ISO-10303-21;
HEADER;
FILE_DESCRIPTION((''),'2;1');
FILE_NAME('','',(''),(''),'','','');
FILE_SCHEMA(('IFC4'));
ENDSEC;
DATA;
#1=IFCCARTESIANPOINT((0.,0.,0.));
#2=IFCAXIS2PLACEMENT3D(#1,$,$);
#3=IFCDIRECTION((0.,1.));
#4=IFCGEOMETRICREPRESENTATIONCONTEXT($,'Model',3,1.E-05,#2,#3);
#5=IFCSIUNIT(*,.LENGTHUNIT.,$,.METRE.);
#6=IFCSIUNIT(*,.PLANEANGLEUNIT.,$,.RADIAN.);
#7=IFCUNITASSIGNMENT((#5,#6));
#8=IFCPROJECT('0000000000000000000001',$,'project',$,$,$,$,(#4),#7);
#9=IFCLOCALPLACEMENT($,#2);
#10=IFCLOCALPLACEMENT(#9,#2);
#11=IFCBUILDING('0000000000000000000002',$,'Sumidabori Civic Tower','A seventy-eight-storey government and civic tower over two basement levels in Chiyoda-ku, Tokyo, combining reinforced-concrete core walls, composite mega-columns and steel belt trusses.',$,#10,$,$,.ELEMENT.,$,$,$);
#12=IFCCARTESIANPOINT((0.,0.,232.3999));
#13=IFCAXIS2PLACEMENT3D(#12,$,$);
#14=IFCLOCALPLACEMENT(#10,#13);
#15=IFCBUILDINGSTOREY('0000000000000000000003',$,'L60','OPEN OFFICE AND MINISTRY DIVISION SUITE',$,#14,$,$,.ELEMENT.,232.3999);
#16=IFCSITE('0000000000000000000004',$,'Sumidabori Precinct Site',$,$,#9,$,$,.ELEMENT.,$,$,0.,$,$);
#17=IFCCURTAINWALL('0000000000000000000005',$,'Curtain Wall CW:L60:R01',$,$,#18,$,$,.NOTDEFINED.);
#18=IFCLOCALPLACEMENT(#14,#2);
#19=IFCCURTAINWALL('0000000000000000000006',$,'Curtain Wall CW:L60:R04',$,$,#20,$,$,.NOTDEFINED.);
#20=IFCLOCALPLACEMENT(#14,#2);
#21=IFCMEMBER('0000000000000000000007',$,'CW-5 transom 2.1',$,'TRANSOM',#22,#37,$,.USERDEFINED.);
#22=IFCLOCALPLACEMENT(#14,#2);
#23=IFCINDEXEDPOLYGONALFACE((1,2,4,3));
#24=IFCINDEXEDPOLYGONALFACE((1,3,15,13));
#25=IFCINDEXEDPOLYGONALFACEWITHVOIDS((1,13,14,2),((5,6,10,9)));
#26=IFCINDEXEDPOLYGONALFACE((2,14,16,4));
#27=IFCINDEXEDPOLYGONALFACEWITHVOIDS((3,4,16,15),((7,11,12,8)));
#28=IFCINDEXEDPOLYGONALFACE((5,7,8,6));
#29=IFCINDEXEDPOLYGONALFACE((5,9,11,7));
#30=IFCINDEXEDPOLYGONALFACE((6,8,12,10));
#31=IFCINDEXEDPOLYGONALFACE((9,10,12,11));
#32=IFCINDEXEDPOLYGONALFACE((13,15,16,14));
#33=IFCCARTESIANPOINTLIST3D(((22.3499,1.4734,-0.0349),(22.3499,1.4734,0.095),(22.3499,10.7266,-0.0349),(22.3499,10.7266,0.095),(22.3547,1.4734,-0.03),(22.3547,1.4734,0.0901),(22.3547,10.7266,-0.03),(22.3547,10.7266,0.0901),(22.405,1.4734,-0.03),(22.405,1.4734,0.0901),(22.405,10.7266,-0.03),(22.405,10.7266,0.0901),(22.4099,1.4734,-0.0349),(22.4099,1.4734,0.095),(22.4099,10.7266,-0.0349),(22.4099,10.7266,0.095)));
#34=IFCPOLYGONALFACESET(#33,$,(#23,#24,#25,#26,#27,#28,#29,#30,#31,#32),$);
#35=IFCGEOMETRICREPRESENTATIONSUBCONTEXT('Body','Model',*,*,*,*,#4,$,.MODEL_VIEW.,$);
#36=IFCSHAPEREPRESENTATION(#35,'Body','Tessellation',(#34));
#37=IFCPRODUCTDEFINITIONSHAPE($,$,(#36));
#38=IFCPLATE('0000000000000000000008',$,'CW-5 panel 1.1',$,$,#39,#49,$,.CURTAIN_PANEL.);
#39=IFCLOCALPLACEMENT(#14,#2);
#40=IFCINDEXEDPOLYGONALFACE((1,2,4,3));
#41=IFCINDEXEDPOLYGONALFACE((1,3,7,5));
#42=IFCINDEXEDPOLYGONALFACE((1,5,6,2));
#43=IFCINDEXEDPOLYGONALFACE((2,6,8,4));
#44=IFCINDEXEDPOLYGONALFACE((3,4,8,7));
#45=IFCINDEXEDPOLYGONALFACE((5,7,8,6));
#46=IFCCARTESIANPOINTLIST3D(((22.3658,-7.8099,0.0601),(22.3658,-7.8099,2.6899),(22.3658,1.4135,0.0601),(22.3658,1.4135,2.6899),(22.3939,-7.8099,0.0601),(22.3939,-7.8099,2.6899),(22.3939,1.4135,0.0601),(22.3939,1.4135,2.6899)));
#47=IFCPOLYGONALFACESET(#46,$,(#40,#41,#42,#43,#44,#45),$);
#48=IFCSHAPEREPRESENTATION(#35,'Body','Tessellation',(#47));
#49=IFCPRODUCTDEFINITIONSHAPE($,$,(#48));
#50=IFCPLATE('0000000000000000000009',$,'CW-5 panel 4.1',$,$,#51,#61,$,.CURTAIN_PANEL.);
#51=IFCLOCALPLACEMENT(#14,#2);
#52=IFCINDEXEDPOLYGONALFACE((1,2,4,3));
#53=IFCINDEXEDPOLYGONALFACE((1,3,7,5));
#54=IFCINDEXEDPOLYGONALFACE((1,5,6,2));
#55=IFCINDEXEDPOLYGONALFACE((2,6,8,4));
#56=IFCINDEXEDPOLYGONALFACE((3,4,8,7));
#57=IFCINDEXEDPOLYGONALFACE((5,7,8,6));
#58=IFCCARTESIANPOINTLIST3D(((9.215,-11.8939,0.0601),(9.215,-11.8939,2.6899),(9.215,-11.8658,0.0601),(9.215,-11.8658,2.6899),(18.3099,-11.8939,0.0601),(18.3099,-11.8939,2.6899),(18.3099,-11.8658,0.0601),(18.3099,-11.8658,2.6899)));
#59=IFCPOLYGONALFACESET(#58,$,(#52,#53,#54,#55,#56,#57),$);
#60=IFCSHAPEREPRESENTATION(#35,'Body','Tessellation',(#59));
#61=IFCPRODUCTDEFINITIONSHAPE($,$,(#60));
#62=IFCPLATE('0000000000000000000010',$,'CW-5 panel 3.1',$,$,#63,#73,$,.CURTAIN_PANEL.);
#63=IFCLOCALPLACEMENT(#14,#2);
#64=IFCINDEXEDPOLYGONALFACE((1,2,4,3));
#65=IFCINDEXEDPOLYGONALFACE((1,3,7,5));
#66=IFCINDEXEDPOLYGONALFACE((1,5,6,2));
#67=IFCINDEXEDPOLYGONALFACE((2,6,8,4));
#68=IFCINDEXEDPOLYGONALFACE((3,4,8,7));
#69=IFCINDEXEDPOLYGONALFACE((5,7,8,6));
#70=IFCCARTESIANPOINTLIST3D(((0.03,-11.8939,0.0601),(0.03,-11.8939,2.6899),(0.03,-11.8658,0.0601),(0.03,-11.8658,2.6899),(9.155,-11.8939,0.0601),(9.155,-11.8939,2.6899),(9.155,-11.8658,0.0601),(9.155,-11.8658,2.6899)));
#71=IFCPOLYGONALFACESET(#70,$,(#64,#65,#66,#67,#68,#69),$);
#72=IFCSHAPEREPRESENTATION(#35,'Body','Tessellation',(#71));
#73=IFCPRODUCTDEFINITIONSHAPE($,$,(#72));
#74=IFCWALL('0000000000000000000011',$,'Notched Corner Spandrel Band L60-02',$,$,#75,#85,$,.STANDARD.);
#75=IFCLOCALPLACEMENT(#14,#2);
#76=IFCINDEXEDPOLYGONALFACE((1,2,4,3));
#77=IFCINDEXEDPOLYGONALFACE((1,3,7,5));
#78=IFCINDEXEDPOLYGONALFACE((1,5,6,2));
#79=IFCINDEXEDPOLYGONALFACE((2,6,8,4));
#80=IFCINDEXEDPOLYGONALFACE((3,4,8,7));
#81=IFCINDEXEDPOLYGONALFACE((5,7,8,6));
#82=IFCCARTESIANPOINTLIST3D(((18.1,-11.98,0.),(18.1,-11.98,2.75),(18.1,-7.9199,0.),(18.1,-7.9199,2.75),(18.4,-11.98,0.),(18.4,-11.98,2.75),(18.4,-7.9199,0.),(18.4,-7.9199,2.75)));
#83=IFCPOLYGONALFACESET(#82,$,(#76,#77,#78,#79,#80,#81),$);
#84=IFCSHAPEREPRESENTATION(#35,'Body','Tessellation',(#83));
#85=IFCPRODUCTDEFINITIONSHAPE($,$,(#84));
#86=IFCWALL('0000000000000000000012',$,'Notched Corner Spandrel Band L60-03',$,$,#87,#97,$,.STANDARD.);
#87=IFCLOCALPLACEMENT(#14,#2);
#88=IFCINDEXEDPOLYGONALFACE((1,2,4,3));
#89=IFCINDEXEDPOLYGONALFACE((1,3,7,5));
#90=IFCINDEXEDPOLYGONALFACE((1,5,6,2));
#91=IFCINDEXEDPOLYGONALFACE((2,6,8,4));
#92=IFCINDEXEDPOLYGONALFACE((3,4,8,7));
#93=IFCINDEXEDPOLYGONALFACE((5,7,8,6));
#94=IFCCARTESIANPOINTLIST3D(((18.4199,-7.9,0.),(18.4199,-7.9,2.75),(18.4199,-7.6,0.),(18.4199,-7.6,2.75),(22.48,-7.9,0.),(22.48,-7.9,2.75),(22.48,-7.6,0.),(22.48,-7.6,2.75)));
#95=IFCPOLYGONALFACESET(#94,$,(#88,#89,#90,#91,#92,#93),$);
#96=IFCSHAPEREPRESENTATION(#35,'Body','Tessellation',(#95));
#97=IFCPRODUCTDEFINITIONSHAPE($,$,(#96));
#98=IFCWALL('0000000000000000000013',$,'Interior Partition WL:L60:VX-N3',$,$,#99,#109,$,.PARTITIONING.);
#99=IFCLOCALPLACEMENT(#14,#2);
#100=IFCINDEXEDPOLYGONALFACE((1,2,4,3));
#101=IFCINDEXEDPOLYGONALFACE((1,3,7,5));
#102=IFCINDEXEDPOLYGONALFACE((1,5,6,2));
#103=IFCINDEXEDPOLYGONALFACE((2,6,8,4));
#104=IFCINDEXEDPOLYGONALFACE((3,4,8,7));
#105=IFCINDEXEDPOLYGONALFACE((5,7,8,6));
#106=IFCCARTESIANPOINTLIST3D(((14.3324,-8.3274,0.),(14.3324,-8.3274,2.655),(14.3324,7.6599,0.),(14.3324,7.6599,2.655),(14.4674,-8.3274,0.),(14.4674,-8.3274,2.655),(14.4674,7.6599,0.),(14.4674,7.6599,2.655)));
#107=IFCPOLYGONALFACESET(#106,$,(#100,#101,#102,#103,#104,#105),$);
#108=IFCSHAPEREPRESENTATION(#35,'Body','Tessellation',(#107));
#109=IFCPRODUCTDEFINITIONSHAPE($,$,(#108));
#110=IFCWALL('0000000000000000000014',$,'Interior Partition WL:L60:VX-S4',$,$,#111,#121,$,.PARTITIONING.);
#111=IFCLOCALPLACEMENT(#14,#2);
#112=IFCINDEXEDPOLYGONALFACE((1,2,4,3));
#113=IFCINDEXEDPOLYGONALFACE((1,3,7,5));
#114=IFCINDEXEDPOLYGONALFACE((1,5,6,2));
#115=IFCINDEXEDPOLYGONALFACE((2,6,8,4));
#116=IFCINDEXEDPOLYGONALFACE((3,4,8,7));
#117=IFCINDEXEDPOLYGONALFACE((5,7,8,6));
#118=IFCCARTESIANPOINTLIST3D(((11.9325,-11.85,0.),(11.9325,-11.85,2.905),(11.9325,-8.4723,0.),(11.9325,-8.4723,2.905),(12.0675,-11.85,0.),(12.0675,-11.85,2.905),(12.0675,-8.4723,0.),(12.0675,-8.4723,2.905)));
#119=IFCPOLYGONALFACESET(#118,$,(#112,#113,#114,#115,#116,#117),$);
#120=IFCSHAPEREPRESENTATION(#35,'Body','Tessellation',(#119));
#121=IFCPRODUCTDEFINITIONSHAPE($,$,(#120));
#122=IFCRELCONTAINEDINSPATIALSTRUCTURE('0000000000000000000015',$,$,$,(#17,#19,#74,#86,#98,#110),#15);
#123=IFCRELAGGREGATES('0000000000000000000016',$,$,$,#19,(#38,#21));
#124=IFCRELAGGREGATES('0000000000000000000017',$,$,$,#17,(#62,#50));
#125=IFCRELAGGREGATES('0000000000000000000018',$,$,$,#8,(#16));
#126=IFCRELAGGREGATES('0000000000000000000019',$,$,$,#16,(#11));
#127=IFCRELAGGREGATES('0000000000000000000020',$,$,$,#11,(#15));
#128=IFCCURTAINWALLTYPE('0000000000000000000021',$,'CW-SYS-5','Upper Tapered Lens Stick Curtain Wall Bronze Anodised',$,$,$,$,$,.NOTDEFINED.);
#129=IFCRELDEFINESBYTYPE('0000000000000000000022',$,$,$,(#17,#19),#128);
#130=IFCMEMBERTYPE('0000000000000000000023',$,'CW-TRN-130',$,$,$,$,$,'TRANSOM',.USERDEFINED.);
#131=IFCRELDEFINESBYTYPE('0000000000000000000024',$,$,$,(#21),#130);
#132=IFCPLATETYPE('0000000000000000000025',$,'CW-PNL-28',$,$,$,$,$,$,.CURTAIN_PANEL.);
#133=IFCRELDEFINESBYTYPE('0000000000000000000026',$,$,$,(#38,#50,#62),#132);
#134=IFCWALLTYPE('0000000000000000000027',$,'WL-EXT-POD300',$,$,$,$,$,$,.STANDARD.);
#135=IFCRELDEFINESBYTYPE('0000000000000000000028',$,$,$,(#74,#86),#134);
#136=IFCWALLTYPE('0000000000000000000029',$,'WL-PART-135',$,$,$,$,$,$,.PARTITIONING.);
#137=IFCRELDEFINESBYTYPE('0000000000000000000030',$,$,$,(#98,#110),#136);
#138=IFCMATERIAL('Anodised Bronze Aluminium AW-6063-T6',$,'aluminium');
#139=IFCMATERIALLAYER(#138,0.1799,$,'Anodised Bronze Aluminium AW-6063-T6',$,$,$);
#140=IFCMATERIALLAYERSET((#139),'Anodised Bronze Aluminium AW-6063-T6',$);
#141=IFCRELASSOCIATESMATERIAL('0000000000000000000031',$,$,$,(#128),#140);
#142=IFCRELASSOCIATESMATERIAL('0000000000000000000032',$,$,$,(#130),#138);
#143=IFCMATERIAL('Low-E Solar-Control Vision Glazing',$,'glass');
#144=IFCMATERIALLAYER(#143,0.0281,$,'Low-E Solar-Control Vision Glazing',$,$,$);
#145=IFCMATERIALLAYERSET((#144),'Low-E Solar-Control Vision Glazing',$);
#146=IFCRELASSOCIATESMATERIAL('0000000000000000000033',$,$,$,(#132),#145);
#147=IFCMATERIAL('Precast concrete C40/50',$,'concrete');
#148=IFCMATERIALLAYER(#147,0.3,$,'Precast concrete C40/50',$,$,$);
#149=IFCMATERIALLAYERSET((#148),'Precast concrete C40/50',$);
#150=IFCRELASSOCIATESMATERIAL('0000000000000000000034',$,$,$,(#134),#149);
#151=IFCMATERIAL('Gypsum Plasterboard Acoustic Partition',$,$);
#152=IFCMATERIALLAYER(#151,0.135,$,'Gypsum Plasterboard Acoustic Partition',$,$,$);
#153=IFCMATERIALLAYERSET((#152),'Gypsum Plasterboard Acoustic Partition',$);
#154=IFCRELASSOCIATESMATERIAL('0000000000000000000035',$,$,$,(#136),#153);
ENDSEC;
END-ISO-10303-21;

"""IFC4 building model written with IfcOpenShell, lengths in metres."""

from ifc_helpers import new_model, si_unit, direction, frame, frame_2d, origin, origin_2d, place, context, subcontext, project, spatial, rectangle, hollow_rectangle, extrude, source, transform, mapped, material, layer, layer_set, material_profile, profile_set, type_object, element, aggregate, save


model = new_model("IFC4")

# Units and contexts
model_context = context("Model", 3, precision=1e-05, world=origin(), true_north=direction((0.0, 1.0)))
body_context = subcontext(model_context, "Body", "Model", "MODEL_VIEW")
ifc_project = project(units=[si_unit("LENGTHUNIT", "METRE"), si_unit("PLANEANGLEUNIT", "RADIAN")], contexts=[model_context])

# Site, building, storey
site_placement = place(None, origin())
site = spatial("IfcSite", under=ifc_project, at=site_placement, Name="Sumidabori Precinct Site", CompositionType="ELEMENT", RefElevation=0.0)
building_placement = place(site_placement, origin())
building = spatial("IfcBuilding", under=site, at=building_placement, Name="Sumidabori Civic Tower", Description="A seventy-eight-storey government and civic tower over two basement levels in Chiyoda-ku, Tokyo, combining reinforced-concrete core walls, composite mega-columns and steel belt trusses.", CompositionType="ELEMENT")
storey_placement = place(building_placement, frame((0.0, 0.0, 232.3999)))
storey = spatial("IfcBuildingStorey", under=building, at=storey_placement, Name="L60", Description="OPEN OFFICE AND MINISTRY DIVISION SUITE", CompositionType="ELEMENT", Elevation=232.3999)

# Curtain wall
ifc_material_1 = material(Name="Anodised Bronze Aluminium AW-6063-T6", Category="aluminium")
ifc_layer_1 = layer(ifc_material_1, 0.1799, Name="Anodised Bronze Aluminium AW-6063-T6")
ifc_layer_set_1 = layer_set([ifc_layer_1], Name="Anodised Bronze Aluminium AW-6063-T6")
curtain_wall_type = type_object("IfcCurtainWallType", Name="CW-SYS-5", Description="Upper Tapered Lens Stick Curtain Wall Bronze Anodised", PredefinedType="NOTDEFINED", material=ifc_layer_set_1)
curtain_wall_1_placement = place(storey_placement, origin())
curtain_wall_1 = element("IfcCurtainWall", 1, at=curtain_wall_1_placement, inside=storey, type_object=curtain_wall_type, Name="Curtain Wall CW:L60:R01", PredefinedType="NOTDEFINED")
ifc_material_profile_1 = material_profile(ifc_material_1, hollow_rectangle(XDim=0.0601, YDim=0.1299, WallThickness=0.0049, at=origin_2d()), Name="ALU TRANSOM 130x60")
ifc_profile_set_1 = profile_set([ifc_material_profile_1], Name="Anodised Bronze Aluminium AW-6063-T6")
member_type_1 = type_object("IfcMemberType", Name="CW-TRN-130", ElementType="TRANSOM", PredefinedType="USERDEFINED", material=ifc_profile_set_1)

# Curtain wall, member, plate
curtain_wall_2_placement = place(storey_placement, origin())
curtain_wall_2 = element("IfcCurtainWall", 2, at=curtain_wall_2_placement, inside=storey, type_object=curtain_wall_type, Name="Curtain Wall CW:L60:R04", PredefinedType="NOTDEFINED")
shared_shape_1 = source(origin(), body_context, "Body", "SweptSolid", [
    extrude(hollow_rectangle(XDim=0.0601, YDim=0.1299, WallThickness=0.0049, at=origin_2d()), origin(), (0.0, 0.0, 1.0), 9.2532),
])
member_1_placement = place(storey_placement, frame((22.3799, 1.4734, 0.03), z_axis=(0.0, 1.0, 0.0), x_axis=(-1.0, 0.0, 0.0)))
member_1 = element("IfcMember", 3, at=member_1_placement, type_object=member_type_1, Name="CW-5 transom 2.1", ObjectType="TRANSOM", PredefinedType="USERDEFINED", context=body_context, shape_type="MappedRepresentation", body=[
    mapped(shared_shape_1, transform((0.0, 0.0, 0.0), x_axis=(1.0, 0.0, 0.0), y_axis=(0.0, 1.0, 0.0), z_axis=(0.0, 0.0, 1.0), scale=1.0)),
])
ifc_material_2 = material(Name="Low-E Solar-Control Vision Glazing", Category="glass")
ifc_layer_2 = layer(ifc_material_2, 0.0281, Name="Low-E Solar-Control Vision Glazing")
ifc_layer_set_2 = layer_set([ifc_layer_2], Name="Low-E Solar-Control Vision Glazing")
plate_type = type_object("IfcPlateType", Name="CW-PNL-28", PredefinedType="CURTAIN_PANEL", material=ifc_layer_set_2)
shared_shape_2 = source(origin(), body_context, "Body", "SweptSolid", [
    extrude(rectangle(XDim=9.2234, YDim=0.0281, at=origin_2d()), origin(), (0.0, 0.0, 1.0), 2.6299),
])
plate_1_placement = place(storey_placement, frame((22.3799, -3.1982, 0.0601), z_axis=(0.0, 0.0, 1.0), x_axis=(0.0, 1.0, 0.0)))
plate_1 = element("IfcPlate", 4, at=plate_1_placement, type_object=plate_type, Name="CW-5 panel 1.1", PredefinedType="CURTAIN_PANEL", context=body_context, shape_type="MappedRepresentation", body=[
    mapped(shared_shape_2, transform((0.0, 0.0, 0.0), x_axis=(1.0, 0.0, 0.0), y_axis=(0.0, 1.0, 0.0), z_axis=(0.0, 0.0, 1.0), scale=1.0)),
])
aggregate(curtain_wall_2, [plate_1, member_1])

# Plates
shared_shape_3 = source(origin(), body_context, "Body", "SweptSolid", [
    extrude(rectangle(XDim=9.095, YDim=0.0281, at=origin_2d()), origin(), (0.0, 0.0, 1.0), 2.6299),
])
plate_2_placement = place(storey_placement, frame((13.7625, -11.8799, 0.0601), z_axis=(0.0, 0.0, 1.0), x_axis=(1.0, 0.0, 0.0)))
plate_2 = element("IfcPlate", 5, at=plate_2_placement, type_object=plate_type, Name="CW-5 panel 4.1", PredefinedType="CURTAIN_PANEL", context=body_context, shape_type="MappedRepresentation", body=[
    mapped(shared_shape_3, transform((0.0, 0.0, 0.0), x_axis=(1.0, 0.0, 0.0), y_axis=(0.0, 1.0, 0.0), z_axis=(0.0, 0.0, 1.0), scale=1.0)),
])
shared_shape_4 = source(origin(), body_context, "Body", "SweptSolid", [
    extrude(rectangle(XDim=9.125, YDim=0.0281, at=origin_2d()), origin(), (0.0, 0.0, 1.0), 2.6299),
])
plate_3_placement = place(storey_placement, frame((4.5925, -11.8799, 0.0601), z_axis=(0.0, 0.0, 1.0), x_axis=(1.0, 0.0, 0.0)))
plate_3 = element("IfcPlate", 6, at=plate_3_placement, type_object=plate_type, Name="CW-5 panel 3.1", PredefinedType="CURTAIN_PANEL", context=body_context, shape_type="MappedRepresentation", body=[
    mapped(shared_shape_4, transform((0.0, 0.0, 0.0), x_axis=(1.0, 0.0, 0.0), y_axis=(0.0, 1.0, 0.0), z_axis=(0.0, 0.0, 1.0), scale=1.0)),
])
aggregate(curtain_wall_1, [plate_3, plate_2])

# Walls
ifc_material_3 = material(Name="Precast concrete C40/50", Category="concrete")
ifc_layer_3 = layer(ifc_material_3, 0.3, Name="Precast concrete C40/50")
ifc_layer_set_3 = layer_set([ifc_layer_3], Name="Precast concrete C40/50")
wall_type_1 = type_object("IfcWallType", Name="WL-EXT-POD300", PredefinedType="STANDARD", material=ifc_layer_set_3)
shared_shape_5 = source(origin(), body_context, "Body", "SweptSolid", [
    extrude(rectangle(XDim=4.0601, YDim=0.3, at=frame_2d((2.03, 0.0))), origin(), (0.0, 0.0, 1.0), 2.75),
])
for number, where, z_axis, x_axis, name in (
    (7, (18.25, -11.98, 0.0), (0.0, 0.0, 1.0), (0.0, 1.0, 0.0), "Notched Corner Spandrel Band L60-02"),
    (8, (18.4199, -7.75, 0.0), (0.0, 0.0, 1.0), (1.0, 0.0, 0.0), "Notched Corner Spandrel Band L60-03"),
):
    element("IfcWall", number, at=place(storey_placement, frame(where, z_axis=z_axis, x_axis=x_axis)), inside=storey, type_object=wall_type_1, Name=name, PredefinedType="STANDARD", context=body_context, shape_type="MappedRepresentation", body=[
        mapped(shared_shape_5, transform((0.0, 0.0, 0.0), x_axis=(1.0, 0.0, 0.0), y_axis=(0.0, 1.0, 0.0), z_axis=(0.0, 0.0, 1.0), scale=1.0)),
    ])
ifc_material_4 = material(Name="Gypsum Plasterboard Acoustic Partition")
ifc_layer_4 = layer(ifc_material_4, 0.135, Name="Gypsum Plasterboard Acoustic Partition")
ifc_layer_set_4 = layer_set([ifc_layer_4], Name="Gypsum Plasterboard Acoustic Partition")
wall_type_2 = type_object("IfcWallType", Name="WL-PART-135", PredefinedType="PARTITIONING", material=ifc_layer_set_4)
shared_shape_6 = source(origin(), body_context, "Body", "SweptSolid", [
    extrude(rectangle(XDim=15.9873, YDim=0.135, at=frame_2d((7.9937, 0.0))), origin(), (0.0, 0.0, 1.0), 2.655),
])
wall_1_placement = place(storey_placement, frame((14.3999, -8.3274, 0.0), z_axis=(0.0, 0.0, 1.0), x_axis=(0.0, 1.0, 0.0)))
element("IfcWall", 9, at=wall_1_placement, inside=storey, type_object=wall_type_2, Name="Interior Partition WL:L60:VX-N3", PredefinedType="PARTITIONING", context=body_context, shape_type="MappedRepresentation", body=[
    mapped(shared_shape_6, transform((0.0, 0.0, 0.0), x_axis=(1.0, 0.0, 0.0), y_axis=(0.0, 1.0, 0.0), z_axis=(0.0, 0.0, 1.0), scale=1.0)),
])
shared_shape_7 = source(origin(), body_context, "Body", "SweptSolid", [
    extrude(rectangle(XDim=3.3777, YDim=0.135, at=frame_2d((1.689, 0.0))), origin(), (0.0, 0.0, 1.0), 2.905),
])
wall_2_placement = place(storey_placement, frame((12.0, -11.8501, 0.0), z_axis=(0.0, 0.0, 1.0), x_axis=(0.0, 1.0, 0.0)))
element("IfcWall", 10, at=wall_2_placement, inside=storey, type_object=wall_type_2, Name="Interior Partition WL:L60:VX-S4", PredefinedType="PARTITIONING", context=body_context, shape_type="MappedRepresentation", body=[
    mapped(shared_shape_7, transform((0.0, 0.0, 0.0), x_axis=(1.0, 0.0, 0.0), y_axis=(0.0, 1.0, 0.0), z_axis=(0.0, 0.0, 1.0), scale=1.0)),
])

save(model, "model.ifc")
